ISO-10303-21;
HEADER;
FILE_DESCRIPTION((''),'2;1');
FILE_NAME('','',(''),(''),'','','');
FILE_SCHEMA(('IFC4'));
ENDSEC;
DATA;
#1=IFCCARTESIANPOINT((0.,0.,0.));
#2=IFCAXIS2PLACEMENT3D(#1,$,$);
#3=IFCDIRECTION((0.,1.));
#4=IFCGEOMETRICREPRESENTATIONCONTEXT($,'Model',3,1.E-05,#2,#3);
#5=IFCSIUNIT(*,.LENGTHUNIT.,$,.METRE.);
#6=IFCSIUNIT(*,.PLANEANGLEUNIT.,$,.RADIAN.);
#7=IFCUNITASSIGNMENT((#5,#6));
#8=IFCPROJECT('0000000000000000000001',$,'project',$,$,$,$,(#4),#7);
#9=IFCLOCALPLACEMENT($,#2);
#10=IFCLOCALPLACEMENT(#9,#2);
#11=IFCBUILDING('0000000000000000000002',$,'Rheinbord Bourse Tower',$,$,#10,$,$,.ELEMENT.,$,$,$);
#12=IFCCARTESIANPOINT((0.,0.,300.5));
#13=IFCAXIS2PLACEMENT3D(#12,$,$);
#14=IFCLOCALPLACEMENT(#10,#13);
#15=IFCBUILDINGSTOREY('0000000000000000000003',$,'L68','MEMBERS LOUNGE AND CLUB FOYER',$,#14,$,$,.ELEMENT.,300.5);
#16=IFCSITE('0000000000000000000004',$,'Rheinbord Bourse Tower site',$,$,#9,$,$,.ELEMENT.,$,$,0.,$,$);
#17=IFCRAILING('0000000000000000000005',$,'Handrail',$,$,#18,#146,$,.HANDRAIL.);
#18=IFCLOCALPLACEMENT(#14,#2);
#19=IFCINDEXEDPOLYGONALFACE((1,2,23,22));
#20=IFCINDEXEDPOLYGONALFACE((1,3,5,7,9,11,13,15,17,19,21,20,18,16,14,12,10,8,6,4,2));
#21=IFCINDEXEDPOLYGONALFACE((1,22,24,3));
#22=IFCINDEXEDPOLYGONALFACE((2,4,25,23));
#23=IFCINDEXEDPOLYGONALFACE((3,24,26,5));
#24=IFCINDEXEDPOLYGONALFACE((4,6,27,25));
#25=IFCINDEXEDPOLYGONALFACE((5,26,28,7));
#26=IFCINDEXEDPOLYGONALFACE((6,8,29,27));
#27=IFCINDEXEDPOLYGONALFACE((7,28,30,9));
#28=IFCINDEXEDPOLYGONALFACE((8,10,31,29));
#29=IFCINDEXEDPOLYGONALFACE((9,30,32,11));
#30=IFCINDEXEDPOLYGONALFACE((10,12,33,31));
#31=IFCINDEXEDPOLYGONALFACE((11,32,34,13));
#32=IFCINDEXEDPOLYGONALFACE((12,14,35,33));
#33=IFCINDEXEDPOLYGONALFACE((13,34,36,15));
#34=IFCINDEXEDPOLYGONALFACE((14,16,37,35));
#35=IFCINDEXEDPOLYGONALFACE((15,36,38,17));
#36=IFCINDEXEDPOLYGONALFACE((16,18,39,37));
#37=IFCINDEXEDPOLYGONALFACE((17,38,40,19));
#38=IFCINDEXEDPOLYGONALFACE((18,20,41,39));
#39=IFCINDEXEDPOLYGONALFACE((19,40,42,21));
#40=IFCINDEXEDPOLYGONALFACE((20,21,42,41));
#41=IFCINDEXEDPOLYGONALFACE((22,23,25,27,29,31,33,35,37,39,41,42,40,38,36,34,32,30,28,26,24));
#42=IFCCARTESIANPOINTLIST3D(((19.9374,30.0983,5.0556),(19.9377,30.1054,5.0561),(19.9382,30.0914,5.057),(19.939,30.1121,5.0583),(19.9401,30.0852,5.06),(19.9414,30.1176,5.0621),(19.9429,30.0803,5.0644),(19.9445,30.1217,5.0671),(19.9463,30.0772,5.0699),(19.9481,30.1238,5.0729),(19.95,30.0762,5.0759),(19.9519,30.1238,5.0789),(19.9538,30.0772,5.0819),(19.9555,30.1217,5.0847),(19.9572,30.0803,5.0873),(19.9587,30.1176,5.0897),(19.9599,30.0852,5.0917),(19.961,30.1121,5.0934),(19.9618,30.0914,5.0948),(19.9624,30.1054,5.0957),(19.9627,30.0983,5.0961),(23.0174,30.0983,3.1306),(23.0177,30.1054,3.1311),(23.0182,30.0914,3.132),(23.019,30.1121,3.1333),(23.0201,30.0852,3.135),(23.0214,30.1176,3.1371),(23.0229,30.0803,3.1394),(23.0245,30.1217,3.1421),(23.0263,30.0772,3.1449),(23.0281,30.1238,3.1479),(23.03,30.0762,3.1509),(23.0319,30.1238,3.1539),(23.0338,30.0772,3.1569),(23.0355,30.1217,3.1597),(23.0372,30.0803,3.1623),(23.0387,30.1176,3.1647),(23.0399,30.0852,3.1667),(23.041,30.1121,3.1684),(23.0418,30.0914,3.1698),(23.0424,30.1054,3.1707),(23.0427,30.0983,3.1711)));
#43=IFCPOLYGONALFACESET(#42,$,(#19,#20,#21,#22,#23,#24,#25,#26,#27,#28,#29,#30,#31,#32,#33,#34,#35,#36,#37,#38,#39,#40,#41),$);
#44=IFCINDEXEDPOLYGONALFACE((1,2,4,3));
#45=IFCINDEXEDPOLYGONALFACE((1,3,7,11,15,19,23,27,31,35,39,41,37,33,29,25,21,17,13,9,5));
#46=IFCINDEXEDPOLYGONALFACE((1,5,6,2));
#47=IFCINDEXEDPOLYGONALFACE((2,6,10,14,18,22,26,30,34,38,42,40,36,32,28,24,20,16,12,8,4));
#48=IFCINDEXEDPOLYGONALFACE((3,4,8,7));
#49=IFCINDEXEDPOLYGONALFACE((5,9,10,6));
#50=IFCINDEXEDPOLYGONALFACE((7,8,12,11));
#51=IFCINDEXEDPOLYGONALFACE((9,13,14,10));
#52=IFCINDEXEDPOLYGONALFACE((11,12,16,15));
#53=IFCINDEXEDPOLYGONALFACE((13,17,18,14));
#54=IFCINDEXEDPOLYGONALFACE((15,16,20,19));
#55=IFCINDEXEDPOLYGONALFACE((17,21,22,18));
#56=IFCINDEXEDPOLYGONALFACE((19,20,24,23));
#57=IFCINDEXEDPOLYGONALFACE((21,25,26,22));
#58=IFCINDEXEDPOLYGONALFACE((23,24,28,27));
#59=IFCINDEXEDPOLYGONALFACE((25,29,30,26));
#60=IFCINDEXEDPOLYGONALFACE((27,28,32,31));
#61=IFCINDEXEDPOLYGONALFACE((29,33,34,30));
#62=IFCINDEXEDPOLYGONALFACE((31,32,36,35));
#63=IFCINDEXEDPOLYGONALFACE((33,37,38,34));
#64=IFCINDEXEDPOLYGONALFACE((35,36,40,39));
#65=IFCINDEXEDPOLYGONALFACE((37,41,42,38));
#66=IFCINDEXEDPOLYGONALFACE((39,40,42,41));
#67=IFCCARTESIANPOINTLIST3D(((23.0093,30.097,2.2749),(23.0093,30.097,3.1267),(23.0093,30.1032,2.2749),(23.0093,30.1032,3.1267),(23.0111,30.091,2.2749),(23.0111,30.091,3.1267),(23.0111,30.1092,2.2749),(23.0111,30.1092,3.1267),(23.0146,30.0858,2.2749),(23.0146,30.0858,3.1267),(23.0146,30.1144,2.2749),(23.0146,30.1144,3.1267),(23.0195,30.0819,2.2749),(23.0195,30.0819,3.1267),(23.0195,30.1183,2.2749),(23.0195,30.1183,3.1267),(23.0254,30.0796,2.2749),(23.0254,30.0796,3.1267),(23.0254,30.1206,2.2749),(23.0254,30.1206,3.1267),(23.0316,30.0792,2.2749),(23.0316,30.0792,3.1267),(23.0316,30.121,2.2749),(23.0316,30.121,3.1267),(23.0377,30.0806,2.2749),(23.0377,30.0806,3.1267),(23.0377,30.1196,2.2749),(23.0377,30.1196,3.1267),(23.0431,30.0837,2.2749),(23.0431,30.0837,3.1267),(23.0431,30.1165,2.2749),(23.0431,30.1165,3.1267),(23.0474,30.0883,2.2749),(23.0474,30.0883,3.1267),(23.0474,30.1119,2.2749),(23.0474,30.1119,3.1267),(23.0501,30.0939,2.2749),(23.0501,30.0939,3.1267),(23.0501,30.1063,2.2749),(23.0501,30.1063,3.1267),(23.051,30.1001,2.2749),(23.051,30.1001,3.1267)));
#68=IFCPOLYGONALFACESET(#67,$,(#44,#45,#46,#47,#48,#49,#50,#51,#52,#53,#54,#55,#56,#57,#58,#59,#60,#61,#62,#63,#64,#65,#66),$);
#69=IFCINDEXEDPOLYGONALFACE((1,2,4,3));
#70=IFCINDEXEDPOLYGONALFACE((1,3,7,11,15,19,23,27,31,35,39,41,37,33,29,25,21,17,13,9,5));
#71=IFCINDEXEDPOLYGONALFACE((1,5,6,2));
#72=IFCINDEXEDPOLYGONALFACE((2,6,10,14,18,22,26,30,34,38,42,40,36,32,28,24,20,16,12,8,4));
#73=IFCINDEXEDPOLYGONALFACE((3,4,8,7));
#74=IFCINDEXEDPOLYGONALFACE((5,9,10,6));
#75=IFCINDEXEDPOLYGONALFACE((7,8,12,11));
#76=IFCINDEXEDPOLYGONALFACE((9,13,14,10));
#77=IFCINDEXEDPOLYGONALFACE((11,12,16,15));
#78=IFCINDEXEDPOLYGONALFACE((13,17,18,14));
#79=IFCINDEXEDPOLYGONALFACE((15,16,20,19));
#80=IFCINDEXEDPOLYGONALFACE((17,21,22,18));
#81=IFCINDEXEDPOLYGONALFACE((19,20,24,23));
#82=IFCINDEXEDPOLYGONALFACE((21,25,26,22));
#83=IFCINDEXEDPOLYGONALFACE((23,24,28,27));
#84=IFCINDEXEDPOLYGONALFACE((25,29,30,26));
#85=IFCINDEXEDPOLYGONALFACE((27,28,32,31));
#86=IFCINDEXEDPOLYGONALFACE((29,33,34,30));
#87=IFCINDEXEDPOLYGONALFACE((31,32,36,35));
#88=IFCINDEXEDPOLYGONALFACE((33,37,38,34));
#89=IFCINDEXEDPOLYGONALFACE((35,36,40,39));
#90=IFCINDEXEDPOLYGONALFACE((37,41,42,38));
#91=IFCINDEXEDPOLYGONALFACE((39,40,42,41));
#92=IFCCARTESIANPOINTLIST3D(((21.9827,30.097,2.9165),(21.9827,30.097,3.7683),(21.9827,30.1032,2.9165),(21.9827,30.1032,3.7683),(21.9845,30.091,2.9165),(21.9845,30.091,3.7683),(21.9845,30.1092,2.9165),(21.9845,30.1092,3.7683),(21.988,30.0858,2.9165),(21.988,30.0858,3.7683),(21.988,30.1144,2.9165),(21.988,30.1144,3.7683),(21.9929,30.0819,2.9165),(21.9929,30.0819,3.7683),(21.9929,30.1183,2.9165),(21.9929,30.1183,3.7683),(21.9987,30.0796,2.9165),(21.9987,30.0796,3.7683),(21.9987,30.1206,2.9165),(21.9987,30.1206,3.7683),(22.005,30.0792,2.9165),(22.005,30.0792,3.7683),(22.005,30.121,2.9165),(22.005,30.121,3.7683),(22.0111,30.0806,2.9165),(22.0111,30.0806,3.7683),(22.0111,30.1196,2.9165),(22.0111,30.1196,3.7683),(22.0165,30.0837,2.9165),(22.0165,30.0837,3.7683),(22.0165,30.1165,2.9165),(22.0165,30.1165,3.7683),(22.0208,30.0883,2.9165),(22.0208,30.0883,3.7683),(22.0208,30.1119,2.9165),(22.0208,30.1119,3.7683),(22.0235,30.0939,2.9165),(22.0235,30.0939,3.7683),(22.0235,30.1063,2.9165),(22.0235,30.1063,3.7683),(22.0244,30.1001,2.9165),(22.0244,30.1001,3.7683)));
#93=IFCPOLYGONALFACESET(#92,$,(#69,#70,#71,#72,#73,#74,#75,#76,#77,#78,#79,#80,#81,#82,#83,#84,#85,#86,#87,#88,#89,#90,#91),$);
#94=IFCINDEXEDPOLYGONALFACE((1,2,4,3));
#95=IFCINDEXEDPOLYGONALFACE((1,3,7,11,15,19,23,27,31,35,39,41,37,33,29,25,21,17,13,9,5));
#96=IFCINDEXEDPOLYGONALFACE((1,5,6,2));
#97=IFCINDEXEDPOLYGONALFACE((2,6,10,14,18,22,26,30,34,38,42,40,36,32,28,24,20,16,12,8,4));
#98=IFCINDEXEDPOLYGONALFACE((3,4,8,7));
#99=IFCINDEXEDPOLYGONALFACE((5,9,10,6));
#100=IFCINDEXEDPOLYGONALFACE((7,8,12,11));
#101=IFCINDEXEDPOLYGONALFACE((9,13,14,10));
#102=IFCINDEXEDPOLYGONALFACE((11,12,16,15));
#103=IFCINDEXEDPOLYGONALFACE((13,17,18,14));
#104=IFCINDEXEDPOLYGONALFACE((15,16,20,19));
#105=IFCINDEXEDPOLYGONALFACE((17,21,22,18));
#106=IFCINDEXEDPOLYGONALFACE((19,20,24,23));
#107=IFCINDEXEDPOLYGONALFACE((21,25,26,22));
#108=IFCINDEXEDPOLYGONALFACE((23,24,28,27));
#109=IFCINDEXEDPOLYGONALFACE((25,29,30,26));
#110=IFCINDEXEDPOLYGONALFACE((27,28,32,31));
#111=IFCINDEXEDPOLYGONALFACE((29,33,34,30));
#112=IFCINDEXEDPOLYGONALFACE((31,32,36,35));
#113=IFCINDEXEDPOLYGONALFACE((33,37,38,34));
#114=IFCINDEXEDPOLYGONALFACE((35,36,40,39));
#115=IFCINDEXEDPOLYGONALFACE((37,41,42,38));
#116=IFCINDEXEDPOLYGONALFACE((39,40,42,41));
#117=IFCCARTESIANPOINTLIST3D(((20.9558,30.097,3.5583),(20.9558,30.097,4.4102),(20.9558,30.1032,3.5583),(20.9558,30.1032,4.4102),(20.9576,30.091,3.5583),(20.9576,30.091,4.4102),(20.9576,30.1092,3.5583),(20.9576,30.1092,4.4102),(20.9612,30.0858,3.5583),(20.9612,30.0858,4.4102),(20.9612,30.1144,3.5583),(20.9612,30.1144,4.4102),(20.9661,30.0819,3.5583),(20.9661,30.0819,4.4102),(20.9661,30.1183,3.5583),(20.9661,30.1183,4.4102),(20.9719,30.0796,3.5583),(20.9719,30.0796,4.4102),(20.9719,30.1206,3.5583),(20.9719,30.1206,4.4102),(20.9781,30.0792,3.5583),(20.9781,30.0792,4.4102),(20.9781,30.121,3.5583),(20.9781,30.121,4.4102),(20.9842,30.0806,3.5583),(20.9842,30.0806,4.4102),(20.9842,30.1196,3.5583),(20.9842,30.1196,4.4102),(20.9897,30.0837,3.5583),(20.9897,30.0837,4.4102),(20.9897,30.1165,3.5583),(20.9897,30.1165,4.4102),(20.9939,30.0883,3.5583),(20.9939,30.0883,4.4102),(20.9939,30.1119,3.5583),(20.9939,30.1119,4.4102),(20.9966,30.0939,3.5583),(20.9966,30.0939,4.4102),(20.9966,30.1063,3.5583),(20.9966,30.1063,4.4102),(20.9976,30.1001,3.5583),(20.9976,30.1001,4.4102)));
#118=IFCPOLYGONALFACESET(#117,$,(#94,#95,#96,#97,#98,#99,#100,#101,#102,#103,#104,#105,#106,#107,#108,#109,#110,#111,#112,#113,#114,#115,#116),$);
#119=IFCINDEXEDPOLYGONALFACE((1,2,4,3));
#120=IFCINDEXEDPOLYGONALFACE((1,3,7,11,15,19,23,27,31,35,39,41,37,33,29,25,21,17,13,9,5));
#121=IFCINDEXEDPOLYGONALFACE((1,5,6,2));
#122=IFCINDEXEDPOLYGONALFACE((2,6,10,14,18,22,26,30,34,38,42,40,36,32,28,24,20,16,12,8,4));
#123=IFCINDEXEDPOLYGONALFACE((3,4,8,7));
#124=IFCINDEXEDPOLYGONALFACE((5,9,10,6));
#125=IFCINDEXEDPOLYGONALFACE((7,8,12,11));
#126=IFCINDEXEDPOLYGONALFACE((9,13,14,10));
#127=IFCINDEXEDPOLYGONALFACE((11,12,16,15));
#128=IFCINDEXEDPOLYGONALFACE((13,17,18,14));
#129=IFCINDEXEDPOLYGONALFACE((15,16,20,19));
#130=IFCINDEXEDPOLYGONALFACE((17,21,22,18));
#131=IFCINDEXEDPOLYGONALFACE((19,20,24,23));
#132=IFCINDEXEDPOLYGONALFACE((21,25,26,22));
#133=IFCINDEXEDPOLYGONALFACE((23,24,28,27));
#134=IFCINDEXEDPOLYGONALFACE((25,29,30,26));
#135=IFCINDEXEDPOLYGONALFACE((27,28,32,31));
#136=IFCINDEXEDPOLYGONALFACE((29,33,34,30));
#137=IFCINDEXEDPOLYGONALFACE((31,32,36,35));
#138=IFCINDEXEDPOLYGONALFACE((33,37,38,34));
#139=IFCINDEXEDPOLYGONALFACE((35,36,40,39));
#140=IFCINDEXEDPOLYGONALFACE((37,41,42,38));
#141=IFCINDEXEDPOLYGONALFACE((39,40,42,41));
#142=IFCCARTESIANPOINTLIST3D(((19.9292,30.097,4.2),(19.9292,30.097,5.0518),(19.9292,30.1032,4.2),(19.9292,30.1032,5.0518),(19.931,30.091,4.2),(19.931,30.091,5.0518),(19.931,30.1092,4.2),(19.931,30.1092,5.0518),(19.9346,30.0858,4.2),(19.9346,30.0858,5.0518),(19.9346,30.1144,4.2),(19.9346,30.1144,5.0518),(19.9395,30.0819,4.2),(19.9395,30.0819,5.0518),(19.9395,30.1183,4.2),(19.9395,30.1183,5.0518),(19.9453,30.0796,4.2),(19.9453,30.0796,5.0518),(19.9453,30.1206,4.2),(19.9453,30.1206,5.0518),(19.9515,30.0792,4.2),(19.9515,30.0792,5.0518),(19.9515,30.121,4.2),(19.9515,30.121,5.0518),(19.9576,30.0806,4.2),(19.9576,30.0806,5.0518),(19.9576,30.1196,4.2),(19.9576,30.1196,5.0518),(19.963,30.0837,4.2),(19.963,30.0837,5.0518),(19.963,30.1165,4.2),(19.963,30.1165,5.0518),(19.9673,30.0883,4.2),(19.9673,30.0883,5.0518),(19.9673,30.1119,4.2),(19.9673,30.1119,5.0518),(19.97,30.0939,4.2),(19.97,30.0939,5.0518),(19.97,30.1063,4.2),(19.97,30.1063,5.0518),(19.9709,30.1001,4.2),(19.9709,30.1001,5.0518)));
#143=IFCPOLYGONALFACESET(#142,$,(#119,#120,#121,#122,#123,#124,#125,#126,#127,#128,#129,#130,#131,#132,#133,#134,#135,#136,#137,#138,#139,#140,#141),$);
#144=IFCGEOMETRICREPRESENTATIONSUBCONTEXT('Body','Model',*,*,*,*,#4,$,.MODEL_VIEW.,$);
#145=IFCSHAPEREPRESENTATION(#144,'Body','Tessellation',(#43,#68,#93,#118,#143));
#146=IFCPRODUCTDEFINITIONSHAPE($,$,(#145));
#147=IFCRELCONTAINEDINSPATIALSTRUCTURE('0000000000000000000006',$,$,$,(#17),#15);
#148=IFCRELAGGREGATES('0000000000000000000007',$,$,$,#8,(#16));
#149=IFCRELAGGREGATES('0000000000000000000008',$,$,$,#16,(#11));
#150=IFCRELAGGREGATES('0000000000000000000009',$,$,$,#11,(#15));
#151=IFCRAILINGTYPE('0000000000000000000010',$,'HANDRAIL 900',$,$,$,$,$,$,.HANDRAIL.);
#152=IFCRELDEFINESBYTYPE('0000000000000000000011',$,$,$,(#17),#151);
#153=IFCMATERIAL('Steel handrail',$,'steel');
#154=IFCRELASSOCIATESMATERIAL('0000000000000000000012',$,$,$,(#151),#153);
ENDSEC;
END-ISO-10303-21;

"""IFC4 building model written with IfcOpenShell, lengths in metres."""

from ifc_helpers import new_model, si_unit, direction, frame, origin, origin_2d, place, context, subcontext, project, spatial, circle, extrude, material, type_object, element, save


model = new_model("IFC4")

# Units and contexts
model_context = context("Model", 3, precision=1e-05, world=origin(), true_north=direction((0.0, 1.0)))
body_context = subcontext(model_context, "Body", "Model", "MODEL_VIEW")
ifc_project = project(units=[si_unit("LENGTHUNIT", "METRE"), si_unit("PLANEANGLEUNIT", "RADIAN")], contexts=[model_context])

# Site, building, storey
site_placement = place(None, origin())
site = spatial("IfcSite", under=ifc_project, at=site_placement, Name="Rheinbord Bourse Tower site", CompositionType="ELEMENT", RefElevation=0.0)
building_placement = place(site_placement, origin())
building = spatial("IfcBuilding", under=site, at=building_placement, Name="Rheinbord Bourse Tower", CompositionType="ELEMENT")
storey_placement = place(building_placement, frame((0.0, 0.0, 300.5)))
storey = spatial("IfcBuildingStorey", under=building, at=storey_placement, Name="L68", Description="MEMBERS LOUNGE AND CLUB FOYER", CompositionType="ELEMENT", Elevation=300.5)

# Railing
ifc_material_1 = material(Name="Steel handrail", Category="steel")
railing_type = type_object("IfcRailingType", Name="HANDRAIL 900", PredefinedType="HANDRAIL", material=ifc_material_1)
railing_1_placement = place(storey_placement, frame((23.03, 30.1001, 2.2749)))
element("IfcRailing", 1, at=railing_1_placement, inside=storey, type_object=railing_type, Name="Handrail", PredefinedType="HANDRAIL", context=body_context, shape_type="SweptSolid", body=[
    extrude(circle(Radius=0.0239, at=origin_2d()), frame((0.0, 0.0, 0.876), z_axis=(-0.847998, 0.0, 0.529999), x_axis=(0.0, -1.0, 0.0)), (0.0, 0.0, 1.0), 3.6321),
    extrude(circle(Radius=0.021, at=origin_2d()), origin(), (0.0, 0.0, 1.0), 0.8518),
    extrude(circle(Radius=0.021, at=origin_2d()), frame((-1.0266, 0.0, 0.6416)), (0.0, 0.0, 1.0), 0.8518),
    extrude(circle(Radius=0.021, at=origin_2d()), frame((-2.0535, 0.0, 1.2834)), (0.0, 0.0, 1.0), 0.8518),
    extrude(circle(Radius=0.021, at=origin_2d()), frame((-3.0801, 0.0, 1.925)), (0.0, 0.0, 1.0), 0.8518),
])

save(model, "model.ifc")
